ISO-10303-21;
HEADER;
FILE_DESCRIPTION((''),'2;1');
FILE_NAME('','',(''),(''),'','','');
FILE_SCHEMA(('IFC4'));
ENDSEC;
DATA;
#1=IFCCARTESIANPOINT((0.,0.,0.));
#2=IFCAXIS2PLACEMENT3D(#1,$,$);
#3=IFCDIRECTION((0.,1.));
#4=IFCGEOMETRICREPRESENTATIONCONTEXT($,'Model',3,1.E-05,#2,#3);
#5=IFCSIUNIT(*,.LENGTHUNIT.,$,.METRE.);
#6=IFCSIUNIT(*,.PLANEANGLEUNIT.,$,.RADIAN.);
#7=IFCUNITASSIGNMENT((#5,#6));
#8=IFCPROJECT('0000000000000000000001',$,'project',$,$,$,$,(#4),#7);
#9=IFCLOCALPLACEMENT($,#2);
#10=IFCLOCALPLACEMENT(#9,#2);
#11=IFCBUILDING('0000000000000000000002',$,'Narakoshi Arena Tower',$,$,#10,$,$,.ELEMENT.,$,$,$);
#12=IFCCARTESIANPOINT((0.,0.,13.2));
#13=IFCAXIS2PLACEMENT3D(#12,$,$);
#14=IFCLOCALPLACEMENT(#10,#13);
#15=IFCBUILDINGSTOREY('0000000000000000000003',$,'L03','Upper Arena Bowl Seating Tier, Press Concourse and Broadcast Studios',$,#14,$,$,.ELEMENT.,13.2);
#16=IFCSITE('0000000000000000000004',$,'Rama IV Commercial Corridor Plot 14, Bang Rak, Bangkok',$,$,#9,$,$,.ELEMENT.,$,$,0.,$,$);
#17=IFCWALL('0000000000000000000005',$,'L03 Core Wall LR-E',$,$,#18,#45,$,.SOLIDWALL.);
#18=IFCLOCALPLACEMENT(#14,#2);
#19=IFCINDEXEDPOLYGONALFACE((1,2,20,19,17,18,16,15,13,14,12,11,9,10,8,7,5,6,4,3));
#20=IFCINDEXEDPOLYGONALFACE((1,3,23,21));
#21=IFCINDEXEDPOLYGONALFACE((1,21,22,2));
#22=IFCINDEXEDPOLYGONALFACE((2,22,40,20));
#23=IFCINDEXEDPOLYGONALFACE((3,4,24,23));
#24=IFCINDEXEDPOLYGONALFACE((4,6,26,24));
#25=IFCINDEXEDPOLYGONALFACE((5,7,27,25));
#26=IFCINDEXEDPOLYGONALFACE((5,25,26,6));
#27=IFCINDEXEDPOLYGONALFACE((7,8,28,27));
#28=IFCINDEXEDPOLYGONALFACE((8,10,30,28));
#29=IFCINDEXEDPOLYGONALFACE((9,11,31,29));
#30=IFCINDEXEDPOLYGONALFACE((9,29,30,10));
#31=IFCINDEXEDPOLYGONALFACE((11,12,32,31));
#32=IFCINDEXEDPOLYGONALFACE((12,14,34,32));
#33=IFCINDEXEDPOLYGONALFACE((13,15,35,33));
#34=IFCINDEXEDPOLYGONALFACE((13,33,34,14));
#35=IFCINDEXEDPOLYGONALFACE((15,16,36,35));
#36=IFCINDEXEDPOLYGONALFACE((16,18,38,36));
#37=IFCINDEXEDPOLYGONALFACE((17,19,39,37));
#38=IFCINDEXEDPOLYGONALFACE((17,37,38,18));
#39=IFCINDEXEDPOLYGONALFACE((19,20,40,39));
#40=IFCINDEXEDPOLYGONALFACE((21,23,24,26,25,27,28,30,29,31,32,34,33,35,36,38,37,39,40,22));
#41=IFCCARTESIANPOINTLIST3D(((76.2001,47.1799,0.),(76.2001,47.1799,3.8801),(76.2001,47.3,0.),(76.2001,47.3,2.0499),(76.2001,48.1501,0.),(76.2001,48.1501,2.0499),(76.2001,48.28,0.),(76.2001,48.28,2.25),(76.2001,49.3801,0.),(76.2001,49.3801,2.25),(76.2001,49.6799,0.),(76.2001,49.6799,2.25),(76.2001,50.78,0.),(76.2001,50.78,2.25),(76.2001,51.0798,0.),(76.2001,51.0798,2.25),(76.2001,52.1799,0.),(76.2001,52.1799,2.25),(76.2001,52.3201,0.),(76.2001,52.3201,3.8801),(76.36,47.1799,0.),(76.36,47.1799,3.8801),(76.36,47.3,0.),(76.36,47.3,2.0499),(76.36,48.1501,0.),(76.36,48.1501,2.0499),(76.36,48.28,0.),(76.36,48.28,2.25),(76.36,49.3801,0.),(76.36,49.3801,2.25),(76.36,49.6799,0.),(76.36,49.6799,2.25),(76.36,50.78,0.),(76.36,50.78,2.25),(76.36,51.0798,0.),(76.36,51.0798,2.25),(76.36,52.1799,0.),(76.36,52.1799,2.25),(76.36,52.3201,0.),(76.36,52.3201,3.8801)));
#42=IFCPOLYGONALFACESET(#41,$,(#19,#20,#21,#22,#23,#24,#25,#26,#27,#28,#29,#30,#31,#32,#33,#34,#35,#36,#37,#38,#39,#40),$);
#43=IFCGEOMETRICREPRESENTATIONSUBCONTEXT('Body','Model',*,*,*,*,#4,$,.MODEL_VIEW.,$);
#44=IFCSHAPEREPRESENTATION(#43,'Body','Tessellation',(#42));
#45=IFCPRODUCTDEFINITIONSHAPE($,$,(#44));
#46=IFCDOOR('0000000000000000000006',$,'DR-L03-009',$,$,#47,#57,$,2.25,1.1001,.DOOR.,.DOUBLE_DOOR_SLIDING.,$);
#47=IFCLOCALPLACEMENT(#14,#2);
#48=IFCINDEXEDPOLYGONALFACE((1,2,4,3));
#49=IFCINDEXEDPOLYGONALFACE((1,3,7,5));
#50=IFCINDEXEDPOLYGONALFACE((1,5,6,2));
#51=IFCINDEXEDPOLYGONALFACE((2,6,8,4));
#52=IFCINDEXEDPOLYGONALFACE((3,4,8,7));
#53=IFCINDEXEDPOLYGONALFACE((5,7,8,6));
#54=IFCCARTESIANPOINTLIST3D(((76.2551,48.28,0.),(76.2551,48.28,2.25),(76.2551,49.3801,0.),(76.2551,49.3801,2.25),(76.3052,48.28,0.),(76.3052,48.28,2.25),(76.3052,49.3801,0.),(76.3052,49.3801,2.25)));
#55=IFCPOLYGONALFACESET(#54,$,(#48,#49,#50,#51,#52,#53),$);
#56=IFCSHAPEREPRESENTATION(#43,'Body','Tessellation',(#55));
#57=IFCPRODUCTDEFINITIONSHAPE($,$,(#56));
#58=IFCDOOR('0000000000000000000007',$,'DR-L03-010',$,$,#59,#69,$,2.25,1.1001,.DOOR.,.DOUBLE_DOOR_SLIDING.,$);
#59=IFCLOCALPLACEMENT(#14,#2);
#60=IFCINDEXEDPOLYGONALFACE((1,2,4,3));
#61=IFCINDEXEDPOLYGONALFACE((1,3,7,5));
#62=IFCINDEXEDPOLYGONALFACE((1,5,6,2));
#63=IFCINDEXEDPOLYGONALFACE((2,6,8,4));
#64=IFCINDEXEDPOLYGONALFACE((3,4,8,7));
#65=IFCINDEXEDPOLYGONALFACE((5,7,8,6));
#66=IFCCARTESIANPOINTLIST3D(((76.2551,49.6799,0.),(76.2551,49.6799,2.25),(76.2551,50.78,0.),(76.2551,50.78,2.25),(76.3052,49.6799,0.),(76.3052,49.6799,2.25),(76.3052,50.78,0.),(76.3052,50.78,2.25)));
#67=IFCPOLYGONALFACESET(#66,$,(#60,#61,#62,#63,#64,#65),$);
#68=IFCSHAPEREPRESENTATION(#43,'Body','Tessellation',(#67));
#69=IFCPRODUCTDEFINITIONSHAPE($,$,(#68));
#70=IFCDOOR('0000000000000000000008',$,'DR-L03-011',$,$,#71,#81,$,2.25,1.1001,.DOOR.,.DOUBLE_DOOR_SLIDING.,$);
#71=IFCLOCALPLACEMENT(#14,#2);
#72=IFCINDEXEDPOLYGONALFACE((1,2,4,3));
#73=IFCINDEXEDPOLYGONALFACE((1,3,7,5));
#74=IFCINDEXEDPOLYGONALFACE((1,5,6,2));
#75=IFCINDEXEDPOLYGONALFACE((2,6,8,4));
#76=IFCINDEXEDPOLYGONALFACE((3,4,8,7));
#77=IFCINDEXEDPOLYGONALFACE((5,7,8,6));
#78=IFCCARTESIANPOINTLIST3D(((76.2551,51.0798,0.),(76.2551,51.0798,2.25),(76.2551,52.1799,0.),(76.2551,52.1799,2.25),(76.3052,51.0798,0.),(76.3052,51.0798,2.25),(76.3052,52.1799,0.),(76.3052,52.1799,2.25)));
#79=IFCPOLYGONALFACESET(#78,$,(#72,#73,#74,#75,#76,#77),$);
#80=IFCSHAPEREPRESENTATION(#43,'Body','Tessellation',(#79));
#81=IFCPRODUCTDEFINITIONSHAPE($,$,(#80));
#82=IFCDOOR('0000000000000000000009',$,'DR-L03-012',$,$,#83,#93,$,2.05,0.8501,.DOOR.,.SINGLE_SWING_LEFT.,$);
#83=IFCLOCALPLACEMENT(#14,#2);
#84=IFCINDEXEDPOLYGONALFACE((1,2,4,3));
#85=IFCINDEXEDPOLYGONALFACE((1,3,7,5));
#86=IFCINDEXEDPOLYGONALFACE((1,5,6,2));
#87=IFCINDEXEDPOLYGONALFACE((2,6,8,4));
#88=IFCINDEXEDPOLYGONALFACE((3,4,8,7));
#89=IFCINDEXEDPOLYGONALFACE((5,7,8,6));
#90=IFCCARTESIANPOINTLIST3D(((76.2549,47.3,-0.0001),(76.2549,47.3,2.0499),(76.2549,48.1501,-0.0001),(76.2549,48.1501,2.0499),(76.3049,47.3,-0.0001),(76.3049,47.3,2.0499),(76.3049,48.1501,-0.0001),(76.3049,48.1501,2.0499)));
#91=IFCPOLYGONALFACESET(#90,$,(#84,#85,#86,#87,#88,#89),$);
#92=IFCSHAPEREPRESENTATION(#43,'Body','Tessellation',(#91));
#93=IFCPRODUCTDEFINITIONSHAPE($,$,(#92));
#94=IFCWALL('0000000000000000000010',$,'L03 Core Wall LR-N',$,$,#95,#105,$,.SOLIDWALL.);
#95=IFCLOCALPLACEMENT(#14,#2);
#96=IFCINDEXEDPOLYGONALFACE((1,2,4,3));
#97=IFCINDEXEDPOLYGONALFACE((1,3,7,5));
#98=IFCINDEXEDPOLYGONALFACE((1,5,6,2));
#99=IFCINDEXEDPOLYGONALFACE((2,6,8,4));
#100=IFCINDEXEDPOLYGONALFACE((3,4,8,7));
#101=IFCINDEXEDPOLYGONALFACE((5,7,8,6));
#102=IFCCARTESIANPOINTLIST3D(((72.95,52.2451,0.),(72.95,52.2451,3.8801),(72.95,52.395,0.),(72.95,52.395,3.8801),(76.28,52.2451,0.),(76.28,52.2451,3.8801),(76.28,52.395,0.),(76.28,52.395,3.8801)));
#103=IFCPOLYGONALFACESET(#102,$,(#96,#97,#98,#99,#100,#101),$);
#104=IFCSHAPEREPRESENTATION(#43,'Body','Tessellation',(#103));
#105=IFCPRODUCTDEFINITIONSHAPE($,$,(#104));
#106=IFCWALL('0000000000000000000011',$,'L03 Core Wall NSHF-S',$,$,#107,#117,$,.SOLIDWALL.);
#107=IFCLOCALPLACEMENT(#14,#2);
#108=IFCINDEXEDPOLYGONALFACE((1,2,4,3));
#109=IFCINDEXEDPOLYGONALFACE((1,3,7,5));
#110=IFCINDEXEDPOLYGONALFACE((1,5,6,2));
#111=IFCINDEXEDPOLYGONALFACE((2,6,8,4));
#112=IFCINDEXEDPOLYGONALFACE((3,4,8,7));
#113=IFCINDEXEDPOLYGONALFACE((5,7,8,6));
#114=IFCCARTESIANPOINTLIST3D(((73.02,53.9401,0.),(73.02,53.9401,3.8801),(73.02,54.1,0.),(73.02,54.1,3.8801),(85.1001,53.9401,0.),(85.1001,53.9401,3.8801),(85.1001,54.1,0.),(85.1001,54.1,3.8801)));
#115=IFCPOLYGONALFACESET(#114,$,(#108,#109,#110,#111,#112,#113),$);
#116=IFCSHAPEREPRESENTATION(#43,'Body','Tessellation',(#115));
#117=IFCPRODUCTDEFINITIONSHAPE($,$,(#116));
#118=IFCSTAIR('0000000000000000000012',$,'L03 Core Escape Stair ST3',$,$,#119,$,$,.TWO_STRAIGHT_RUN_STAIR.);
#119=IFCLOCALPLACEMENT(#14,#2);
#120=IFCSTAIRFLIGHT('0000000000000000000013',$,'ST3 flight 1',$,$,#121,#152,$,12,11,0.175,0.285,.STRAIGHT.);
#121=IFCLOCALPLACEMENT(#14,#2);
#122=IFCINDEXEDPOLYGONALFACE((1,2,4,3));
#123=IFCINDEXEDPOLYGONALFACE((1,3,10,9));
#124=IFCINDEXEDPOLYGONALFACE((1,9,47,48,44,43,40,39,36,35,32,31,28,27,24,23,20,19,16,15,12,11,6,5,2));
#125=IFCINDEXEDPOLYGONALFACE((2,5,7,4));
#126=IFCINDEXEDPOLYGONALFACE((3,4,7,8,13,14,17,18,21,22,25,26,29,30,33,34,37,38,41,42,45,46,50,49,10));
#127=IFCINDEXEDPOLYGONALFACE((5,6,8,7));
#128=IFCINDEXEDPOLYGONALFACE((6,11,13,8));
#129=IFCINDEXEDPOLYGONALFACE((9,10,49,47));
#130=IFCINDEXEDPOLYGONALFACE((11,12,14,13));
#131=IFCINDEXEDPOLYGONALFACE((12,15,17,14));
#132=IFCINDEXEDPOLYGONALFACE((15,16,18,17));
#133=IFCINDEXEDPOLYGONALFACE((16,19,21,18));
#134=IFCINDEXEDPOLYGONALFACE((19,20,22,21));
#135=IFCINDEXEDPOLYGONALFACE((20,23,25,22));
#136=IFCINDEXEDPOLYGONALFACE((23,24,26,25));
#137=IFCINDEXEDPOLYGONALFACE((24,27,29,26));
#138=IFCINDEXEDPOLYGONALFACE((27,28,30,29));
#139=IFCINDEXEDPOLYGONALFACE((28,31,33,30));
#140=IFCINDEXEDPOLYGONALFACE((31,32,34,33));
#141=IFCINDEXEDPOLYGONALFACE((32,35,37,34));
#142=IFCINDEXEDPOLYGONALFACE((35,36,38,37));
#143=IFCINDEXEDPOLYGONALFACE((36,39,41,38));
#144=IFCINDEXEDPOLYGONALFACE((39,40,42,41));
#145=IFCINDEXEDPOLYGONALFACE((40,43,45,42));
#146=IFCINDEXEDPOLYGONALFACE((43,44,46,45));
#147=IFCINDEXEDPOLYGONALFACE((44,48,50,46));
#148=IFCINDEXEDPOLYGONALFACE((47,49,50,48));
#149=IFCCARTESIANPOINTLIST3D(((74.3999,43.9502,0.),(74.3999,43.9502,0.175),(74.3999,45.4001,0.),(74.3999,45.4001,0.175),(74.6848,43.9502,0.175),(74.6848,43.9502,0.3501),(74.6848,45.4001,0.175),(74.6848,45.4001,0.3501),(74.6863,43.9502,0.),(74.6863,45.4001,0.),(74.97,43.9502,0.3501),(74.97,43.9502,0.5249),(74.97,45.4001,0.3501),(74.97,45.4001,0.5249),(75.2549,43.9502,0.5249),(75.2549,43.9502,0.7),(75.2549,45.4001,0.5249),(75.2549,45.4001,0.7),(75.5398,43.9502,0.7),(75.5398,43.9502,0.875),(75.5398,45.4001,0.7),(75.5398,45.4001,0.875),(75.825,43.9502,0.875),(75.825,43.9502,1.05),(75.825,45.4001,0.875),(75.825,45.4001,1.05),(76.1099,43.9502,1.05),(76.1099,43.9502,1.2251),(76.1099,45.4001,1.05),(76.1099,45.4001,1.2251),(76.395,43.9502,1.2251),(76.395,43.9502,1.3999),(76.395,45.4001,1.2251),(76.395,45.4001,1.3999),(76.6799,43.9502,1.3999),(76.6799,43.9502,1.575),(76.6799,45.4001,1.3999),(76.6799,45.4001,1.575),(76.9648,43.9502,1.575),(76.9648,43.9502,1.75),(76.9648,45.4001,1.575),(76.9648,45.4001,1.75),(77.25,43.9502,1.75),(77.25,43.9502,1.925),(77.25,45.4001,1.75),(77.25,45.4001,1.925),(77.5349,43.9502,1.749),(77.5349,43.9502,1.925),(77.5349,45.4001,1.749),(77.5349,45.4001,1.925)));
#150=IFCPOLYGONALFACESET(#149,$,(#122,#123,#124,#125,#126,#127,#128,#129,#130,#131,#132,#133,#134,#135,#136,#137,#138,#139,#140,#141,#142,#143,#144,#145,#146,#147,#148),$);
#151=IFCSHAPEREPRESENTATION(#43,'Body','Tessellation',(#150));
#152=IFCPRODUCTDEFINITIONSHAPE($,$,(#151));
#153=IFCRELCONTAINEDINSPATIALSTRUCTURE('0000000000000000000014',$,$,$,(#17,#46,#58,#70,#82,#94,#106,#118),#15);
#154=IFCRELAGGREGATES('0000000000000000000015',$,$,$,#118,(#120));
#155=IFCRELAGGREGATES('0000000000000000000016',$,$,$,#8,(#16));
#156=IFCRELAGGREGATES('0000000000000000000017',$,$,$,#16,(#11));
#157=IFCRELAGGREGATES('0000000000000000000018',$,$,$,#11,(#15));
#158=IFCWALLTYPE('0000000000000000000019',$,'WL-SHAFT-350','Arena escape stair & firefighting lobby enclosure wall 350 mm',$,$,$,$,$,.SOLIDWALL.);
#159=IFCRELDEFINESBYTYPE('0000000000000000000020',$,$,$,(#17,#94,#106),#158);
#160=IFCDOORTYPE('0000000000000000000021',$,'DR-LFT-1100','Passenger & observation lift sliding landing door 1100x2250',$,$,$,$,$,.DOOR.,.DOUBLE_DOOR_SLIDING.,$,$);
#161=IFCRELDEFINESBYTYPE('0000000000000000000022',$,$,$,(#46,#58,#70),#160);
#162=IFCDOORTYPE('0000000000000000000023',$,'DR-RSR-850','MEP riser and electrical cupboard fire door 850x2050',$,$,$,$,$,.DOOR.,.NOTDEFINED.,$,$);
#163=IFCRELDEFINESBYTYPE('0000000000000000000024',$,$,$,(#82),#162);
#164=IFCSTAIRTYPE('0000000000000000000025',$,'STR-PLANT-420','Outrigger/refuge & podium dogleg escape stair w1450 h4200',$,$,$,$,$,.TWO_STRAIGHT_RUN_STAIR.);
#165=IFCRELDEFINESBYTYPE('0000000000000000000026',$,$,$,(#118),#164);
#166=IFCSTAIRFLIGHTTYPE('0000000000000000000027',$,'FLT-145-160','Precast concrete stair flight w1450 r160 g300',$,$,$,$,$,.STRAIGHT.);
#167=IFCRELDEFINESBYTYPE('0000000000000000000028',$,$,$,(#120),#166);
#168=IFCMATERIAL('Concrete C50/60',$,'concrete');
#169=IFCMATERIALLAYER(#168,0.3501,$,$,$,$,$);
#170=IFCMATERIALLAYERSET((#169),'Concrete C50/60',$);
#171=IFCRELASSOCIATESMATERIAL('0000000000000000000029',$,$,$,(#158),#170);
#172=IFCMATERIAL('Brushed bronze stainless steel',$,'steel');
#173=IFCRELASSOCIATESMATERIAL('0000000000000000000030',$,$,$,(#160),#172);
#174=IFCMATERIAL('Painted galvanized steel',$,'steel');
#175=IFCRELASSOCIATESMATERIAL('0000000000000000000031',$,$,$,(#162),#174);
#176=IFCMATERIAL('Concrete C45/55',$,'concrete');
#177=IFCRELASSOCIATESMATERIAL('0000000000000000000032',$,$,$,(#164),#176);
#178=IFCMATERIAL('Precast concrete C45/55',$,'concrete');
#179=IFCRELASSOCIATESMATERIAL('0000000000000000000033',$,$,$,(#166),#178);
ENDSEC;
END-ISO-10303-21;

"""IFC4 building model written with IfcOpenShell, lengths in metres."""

from ifc_helpers import new_model, si_unit, direction, frame, frame_2d, origin, place, context, subcontext, project, spatial, polyline, rectangle, outline, extrude, material, layer, layer_set, type_object, element, fill, aggregate, save


model = new_model("IFC4")

# Units and contexts
model_context = context("Model", 3, precision=1e-05, world=origin(), true_north=direction((0.0, 1.0)))
body_context = subcontext(model_context, "Body", "Model", "MODEL_VIEW")
ifc_project = project(units=[si_unit("LENGTHUNIT", "METRE"), si_unit("PLANEANGLEUNIT", "RADIAN")], contexts=[model_context])

# Site, building, storey
site_placement = place(None, origin())
site = spatial("IfcSite", under=ifc_project, at=site_placement, Name="Rama IV Commercial Corridor Plot 14, Bang Rak, Bangkok", CompositionType="ELEMENT", RefElevation=0.0)
building_placement = place(site_placement, origin())
building = spatial("IfcBuilding", under=site, at=building_placement, Name="Narakoshi Arena Tower", CompositionType="ELEMENT")
storey_placement = place(building_placement, frame((0.0, 0.0, 13.2)))
storey = spatial("IfcBuildingStorey", under=building, at=storey_placement, Name="L03", Description="Upper Arena Bowl Seating Tier, Press Concourse and Broadcast Studios", CompositionType="ELEMENT", Elevation=13.2)

# Shared definitions
ifc_material_1 = material(Name="Concrete C50/60", Category="concrete")
ifc_layer_1 = layer(ifc_material_1, 0.3501)
ifc_layer_set_1 = layer_set([ifc_layer_1], Name="Concrete C50/60")
wall_type_1 = type_object("IfcWallType", Name="WL-SHAFT-350", Description="Arena escape stair & firefighting lobby enclosure wall 350 mm", PredefinedType="SOLIDWALL", material=ifc_layer_set_1)

# Wall, openings, doors
wall_1_placement = place(storey_placement, frame((76.28, 47.1799, 0.0), z_axis=(0.0, 0.0, 1.0), x_axis=(0.0, 1.0, 0.0)))
wall_1 = element("IfcWall", 1, at=wall_1_placement, inside=storey, type_object=wall_type_1, Name="L03 Core Wall LR-E", PredefinedType="SOLIDWALL", context=body_context, shape_type="SweptSolid", body=[
    extrude(rectangle(XDim=5.1401, YDim=0.1599, at=frame_2d((2.5701, 0.0))), origin(), (0.0, 0.0, 1.0), 3.8801),
])
opening_1_placement = place(wall_1_placement, frame((1.1001, 0.0, 0.0)))
opening_1 = element("IfcOpeningElement", 2, at=opening_1_placement, cuts=wall_1, PredefinedType="OPENING", context=body_context, shape_type="SweptSolid", body=[
    extrude(rectangle(XDim=1.1001, YDim=2.25, at=frame_2d((0.55, 1.125))), frame((0.0, 0.0898, 0.0), z_axis=(0.0, -1.0, 0.0), x_axis=(1.0, 0.0, 0.0)), (0.0, 0.0, 1.0), 0.1799),
])
opening_2_placement = place(wall_1_placement, frame((2.5, 0.0, 0.0)))
opening_2 = element("IfcOpeningElement", 3, at=opening_2_placement, cuts=wall_1, PredefinedType="OPENING", context=body_context, shape_type="SweptSolid", body=[
    extrude(rectangle(XDim=1.1001, YDim=2.25, at=frame_2d((0.55, 1.125))), frame((0.0, 0.0898, 0.0), z_axis=(0.0, -1.0, 0.0), x_axis=(1.0, 0.0, 0.0)), (0.0, 0.0, 1.0), 0.1799),
])
opening_3_placement = place(wall_1_placement, frame((3.8999, 0.0, 0.0)))
opening_3 = element("IfcOpeningElement", 4, at=opening_3_placement, cuts=wall_1, PredefinedType="OPENING", context=body_context, shape_type="SweptSolid", body=[
    extrude(rectangle(XDim=1.1001, YDim=2.25, at=frame_2d((0.55, 1.125))), frame((0.0, 0.0898, 0.0), z_axis=(0.0, -1.0, 0.0), x_axis=(1.0, 0.0, 0.0)), (0.0, 0.0, 1.0), 0.1799),
])
opening_4_placement = place(wall_1_placement, frame((0.1201, 0.0, 0.0)))
opening_4 = element("IfcOpeningElement", 5, at=opening_4_placement, cuts=wall_1, PredefinedType="OPENING", context=body_context, shape_type="SweptSolid", body=[
    extrude(rectangle(XDim=0.8501, YDim=2.05, at=frame_2d((0.425, 1.0249))), frame((0.0, 0.0898, 0.0), z_axis=(0.0, -1.0, 0.0), x_axis=(1.0, 0.0, 0.0)), (0.0, 0.0, 1.0), 0.1799),
])
ifc_material_2 = material(Name="Brushed bronze stainless steel", Category="steel")
door_type_1 = type_object("IfcDoorType", Name="DR-LFT-1100", Description="Passenger & observation lift sliding landing door 1100x2250", OperationType="DOUBLE_DOOR_SLIDING", PredefinedType="DOOR", material=ifc_material_2)
door_1_placement = place(opening_1_placement, origin())
door_1 = element("IfcDoor", 6, at=door_1_placement, inside=storey, type_object=door_type_1, Name="DR-L03-009", OperationType="DOUBLE_DOOR_SLIDING", OverallHeight=2.25, OverallWidth=1.1001, PredefinedType="DOOR", context=body_context, shape_type="SweptSolid", body=[
    extrude(rectangle(XDim=1.1001, YDim=2.25, at=frame_2d((0.55, 1.125))), frame((0.0, 0.0249, 0.0), z_axis=(0.0, -1.0, 0.0), x_axis=(1.0, 0.0, 0.0)), (0.0, 0.0, 1.0), 0.05),
])
fill(opening_1, door_1)
door_2_placement = place(opening_2_placement, origin())
door_2 = element("IfcDoor", 7, at=door_2_placement, inside=storey, type_object=door_type_1, Name="DR-L03-010", OperationType="DOUBLE_DOOR_SLIDING", OverallHeight=2.25, OverallWidth=1.1001, PredefinedType="DOOR", context=body_context, shape_type="SweptSolid", body=[
    extrude(rectangle(XDim=1.1001, YDim=2.25, at=frame_2d((0.55, 1.125))), frame((0.0, 0.0249, 0.0), z_axis=(0.0, -1.0, 0.0), x_axis=(1.0, 0.0, 0.0)), (0.0, 0.0, 1.0), 0.05),
])
fill(opening_2, door_2)
door_3_placement = place(opening_3_placement, origin())
door_3 = element("IfcDoor", 8, at=door_3_placement, inside=storey, type_object=door_type_1, Name="DR-L03-011", OperationType="DOUBLE_DOOR_SLIDING", OverallHeight=2.25, OverallWidth=1.1001, PredefinedType="DOOR", context=body_context, shape_type="SweptSolid", body=[
    extrude(rectangle(XDim=1.1001, YDim=2.25, at=frame_2d((0.55, 1.125))), frame((0.0, 0.0249, 0.0), z_axis=(0.0, -1.0, 0.0), x_axis=(1.0, 0.0, 0.0)), (0.0, 0.0, 1.0), 0.05),
])
fill(opening_3, door_3)
ifc_material_3 = material(Name="Painted galvanized steel", Category="steel")
door_type_2 = type_object("IfcDoorType", Name="DR-RSR-850", Description="MEP riser and electrical cupboard fire door 850x2050", OperationType="NOTDEFINED", PredefinedType="DOOR", material=ifc_material_3)
door_4_placement = place(opening_4_placement, frame((0.8501, 0.0, 0.0), z_axis=(0.0, 0.0, 1.0), x_axis=(-1.0, 0.0, 0.0)))
door_4 = element("IfcDoor", 9, at=door_4_placement, inside=storey, type_object=door_type_2, Name="DR-L03-012", OperationType="SINGLE_SWING_LEFT", OverallHeight=2.05, OverallWidth=0.8501, PredefinedType="DOOR", context=body_context, shape_type="SweptSolid", body=[
    extrude(rectangle(XDim=0.8501, YDim=2.05, at=frame_2d((0.425, 1.0249))), frame((0.0, 0.0249, 0.0), z_axis=(0.0, -1.0, 0.0), x_axis=(1.0, 0.0, 0.0)), (0.0, 0.0, 1.0), 0.05),
])
fill(opening_4, door_4)

# Walls
wall_2_placement = place(storey_placement, frame((72.95, 52.3201, 0.0), z_axis=(0.0, 0.0, 1.0), x_axis=(1.0, 0.0, 0.0)))
element("IfcWall", 10, at=wall_2_placement, inside=storey, type_object=wall_type_1, Name="L03 Core Wall LR-N", PredefinedType="SOLIDWALL", context=body_context, shape_type="SweptSolid", body=[
    extrude(rectangle(XDim=3.3301, YDim=0.1499, at=frame_2d((1.665, 0.0))), origin(), (0.0, 0.0, 1.0), 3.8801),
])
wall_3_placement = place(storey_placement, frame((73.02, 54.02, 0.0), z_axis=(0.0, 0.0, 1.0), x_axis=(1.0, 0.0, 0.0)))
element("IfcWall", 11, at=wall_3_placement, inside=storey, type_object=wall_type_1, Name="L03 Core Wall NSHF-S", PredefinedType="SOLIDWALL", context=body_context, shape_type="SweptSolid", body=[
    extrude(rectangle(XDim=12.0801, YDim=0.1599, at=frame_2d((6.04, 0.0))), origin(), (0.0, 0.0, 1.0), 3.8801),
])

# Stair, stair flight
ifc_material_4 = material(Name="Concrete C45/55", Category="concrete")
stair_type = type_object("IfcStairType", Name="STR-PLANT-420", Description="Outrigger/refuge & podium dogleg escape stair w1450 h4200", PredefinedType="TWO_STRAIGHT_RUN_STAIR", material=ifc_material_4)
stair_placement = place(storey_placement, origin())
stair = element("IfcStair", 12, at=stair_placement, inside=storey, type_object=stair_type, Name="L03 Core Escape Stair ST3", PredefinedType="TWO_STRAIGHT_RUN_STAIR")
ifc_material_5 = material(Name="Precast concrete C45/55", Category="concrete")
stair_flight_type = type_object("IfcStairFlightType", Name="FLT-145-160", Description="Precast concrete stair flight w1450 r160 g300", PredefinedType="STRAIGHT", material=ifc_material_5)
stair_flight_placement = place(storey_placement, frame((74.3999, 44.675, 0.0), z_axis=(0.0, 0.0, 1.0), x_axis=(1.0, 0.0, 0.0)))
stair_flight = element("IfcStairFlight", 13, at=stair_flight_placement, type_object=stair_flight_type, Name="ST3 flight 1", NumberOfRisers=12, NumberOfTreads=11, PredefinedType="STRAIGHT", RiserHeight=0.175, TreadLength=0.285, context=body_context, shape_type="SweptSolid", body=[
    extrude(outline(polyline([(0.0, 0.0), (0.0, 0.175), (0.2849, 0.175), (0.2849, 0.3501), (0.5701, 0.3501), (0.5701, 0.5249), (0.855, 0.5249), (0.855, 0.7), (1.1399, 0.7), (1.1399, 0.875), (1.425, 0.875), (1.425, 1.05), (1.71, 1.05), (1.71, 1.2251), (1.9951, 1.2251), (1.9951, 1.3999), (2.28, 1.3999), (2.28, 1.575), (2.5649, 1.575), (2.5649, 1.75), (2.8501, 1.75), (2.8501, 1.925), (3.135, 1.925), (3.135, 2.1001), (3.135, 1.749), (0.2864, 0.0), (0.0, 0.0)])), frame((0.0, 0.7251, 0.0), z_axis=(0.0, -1.0, 0.0), x_axis=(1.0, 0.0, 0.0)), (0.0, 0.0, 1.0), 1.45),
])
aggregate(stair, [stair_flight])

save(model, "model.ifc")
